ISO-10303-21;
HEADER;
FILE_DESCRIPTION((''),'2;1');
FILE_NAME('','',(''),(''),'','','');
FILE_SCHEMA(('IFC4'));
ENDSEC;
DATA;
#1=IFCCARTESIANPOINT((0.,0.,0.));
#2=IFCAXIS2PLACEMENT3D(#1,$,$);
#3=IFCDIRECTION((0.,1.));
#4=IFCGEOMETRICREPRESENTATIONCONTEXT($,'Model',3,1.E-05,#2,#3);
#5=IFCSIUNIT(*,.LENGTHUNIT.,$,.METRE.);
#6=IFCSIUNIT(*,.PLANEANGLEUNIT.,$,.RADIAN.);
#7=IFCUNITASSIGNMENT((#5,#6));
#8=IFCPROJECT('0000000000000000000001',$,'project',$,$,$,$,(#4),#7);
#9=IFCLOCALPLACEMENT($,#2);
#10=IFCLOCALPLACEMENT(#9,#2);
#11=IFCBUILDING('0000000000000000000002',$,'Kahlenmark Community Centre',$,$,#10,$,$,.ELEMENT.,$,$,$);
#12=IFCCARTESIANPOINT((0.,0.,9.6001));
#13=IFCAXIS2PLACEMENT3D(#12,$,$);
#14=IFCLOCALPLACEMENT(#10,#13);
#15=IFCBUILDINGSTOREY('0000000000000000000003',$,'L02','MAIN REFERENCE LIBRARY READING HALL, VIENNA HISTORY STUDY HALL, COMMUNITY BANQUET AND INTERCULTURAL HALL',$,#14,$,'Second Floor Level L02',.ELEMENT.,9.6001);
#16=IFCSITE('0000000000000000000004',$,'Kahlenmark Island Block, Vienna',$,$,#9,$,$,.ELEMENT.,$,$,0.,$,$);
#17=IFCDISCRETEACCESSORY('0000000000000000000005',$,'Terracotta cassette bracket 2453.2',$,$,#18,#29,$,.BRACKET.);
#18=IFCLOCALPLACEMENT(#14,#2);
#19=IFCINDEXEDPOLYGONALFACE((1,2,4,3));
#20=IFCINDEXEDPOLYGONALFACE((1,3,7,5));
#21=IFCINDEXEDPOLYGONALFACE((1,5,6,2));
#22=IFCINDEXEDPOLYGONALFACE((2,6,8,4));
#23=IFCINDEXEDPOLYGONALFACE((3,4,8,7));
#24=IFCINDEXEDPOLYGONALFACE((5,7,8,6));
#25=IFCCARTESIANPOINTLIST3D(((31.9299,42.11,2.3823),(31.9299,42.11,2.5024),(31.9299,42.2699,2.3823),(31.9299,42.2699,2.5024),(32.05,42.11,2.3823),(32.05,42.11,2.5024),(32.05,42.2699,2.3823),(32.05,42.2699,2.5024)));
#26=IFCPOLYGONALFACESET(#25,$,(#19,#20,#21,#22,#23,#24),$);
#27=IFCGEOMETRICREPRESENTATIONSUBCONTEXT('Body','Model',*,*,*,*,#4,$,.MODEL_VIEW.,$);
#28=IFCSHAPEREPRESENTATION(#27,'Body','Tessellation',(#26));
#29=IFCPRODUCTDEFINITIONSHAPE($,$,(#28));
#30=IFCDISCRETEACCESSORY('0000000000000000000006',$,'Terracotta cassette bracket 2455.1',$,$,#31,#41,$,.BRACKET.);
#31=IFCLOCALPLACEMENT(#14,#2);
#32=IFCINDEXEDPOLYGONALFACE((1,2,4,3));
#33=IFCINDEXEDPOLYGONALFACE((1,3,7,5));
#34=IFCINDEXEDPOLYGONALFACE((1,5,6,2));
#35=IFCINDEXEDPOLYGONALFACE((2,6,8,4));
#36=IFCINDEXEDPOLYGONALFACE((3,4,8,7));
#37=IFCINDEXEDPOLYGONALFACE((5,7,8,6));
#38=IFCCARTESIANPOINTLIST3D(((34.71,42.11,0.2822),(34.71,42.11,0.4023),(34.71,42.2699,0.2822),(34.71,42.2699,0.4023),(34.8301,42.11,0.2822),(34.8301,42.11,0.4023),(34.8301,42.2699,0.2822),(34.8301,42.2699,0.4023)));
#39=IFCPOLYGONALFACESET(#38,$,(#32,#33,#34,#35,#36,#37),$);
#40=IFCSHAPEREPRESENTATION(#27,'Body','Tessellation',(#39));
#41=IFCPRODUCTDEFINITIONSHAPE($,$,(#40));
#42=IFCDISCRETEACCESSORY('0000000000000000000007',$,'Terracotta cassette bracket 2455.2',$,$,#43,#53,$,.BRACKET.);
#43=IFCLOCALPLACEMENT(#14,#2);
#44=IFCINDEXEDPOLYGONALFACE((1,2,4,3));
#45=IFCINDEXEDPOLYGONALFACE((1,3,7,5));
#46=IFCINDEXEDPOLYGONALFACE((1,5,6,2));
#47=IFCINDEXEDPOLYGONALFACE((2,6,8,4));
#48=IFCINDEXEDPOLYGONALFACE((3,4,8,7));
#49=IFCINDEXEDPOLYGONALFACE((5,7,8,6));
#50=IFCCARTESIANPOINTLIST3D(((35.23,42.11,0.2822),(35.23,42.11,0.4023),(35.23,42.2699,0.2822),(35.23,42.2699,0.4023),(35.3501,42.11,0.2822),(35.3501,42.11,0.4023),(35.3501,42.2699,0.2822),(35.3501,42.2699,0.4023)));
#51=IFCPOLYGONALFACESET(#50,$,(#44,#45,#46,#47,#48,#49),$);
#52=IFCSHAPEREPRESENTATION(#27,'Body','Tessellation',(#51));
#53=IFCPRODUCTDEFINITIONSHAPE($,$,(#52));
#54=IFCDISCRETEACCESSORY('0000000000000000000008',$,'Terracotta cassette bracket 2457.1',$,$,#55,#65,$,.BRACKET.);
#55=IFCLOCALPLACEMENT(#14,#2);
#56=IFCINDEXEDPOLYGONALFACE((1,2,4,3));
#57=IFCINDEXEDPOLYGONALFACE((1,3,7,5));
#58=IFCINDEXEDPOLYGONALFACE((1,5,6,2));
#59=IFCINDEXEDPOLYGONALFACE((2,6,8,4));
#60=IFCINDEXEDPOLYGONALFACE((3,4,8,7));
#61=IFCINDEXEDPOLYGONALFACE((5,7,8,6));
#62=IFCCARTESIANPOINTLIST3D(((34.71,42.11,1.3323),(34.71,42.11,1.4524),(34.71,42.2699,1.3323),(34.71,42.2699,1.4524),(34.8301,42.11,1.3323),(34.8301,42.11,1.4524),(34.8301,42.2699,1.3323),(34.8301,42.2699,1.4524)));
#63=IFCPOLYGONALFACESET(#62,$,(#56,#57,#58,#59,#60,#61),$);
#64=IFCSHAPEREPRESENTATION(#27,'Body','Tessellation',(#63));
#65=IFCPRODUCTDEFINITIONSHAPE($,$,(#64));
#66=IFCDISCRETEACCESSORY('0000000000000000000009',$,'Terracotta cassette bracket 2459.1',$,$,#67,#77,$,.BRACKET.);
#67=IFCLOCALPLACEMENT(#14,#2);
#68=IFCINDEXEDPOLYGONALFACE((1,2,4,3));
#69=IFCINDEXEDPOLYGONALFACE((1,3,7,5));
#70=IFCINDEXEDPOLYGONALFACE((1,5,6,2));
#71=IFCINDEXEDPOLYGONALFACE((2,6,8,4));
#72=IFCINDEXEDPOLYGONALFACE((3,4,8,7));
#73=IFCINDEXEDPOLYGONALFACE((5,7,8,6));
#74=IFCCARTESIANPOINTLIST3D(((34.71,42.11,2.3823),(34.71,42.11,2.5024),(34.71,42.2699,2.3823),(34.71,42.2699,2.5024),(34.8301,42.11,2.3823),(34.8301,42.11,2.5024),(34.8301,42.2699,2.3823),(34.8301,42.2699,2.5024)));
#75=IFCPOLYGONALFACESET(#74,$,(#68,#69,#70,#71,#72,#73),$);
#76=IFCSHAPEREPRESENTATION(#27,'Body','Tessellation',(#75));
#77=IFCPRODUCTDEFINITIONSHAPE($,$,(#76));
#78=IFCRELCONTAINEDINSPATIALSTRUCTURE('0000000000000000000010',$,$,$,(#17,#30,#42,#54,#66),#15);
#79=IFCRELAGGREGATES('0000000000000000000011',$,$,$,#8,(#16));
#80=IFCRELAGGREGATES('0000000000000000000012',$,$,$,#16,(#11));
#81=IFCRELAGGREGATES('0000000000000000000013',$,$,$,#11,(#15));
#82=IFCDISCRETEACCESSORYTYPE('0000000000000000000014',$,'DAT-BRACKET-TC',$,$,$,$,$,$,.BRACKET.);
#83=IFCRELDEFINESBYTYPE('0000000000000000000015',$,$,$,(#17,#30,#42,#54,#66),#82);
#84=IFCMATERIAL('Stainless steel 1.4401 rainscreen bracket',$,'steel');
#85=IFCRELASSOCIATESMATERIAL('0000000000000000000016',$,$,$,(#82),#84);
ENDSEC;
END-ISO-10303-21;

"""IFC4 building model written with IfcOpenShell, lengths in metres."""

from ifc_helpers import new_model, si_unit, direction, frame, origin, origin_2d, place, context, subcontext, project, spatial, rectangle, extrude, material, type_object, element, save


model = new_model("IFC4")

# Units and contexts
model_context = context("Model", 3, precision=1e-05, world=origin(), true_north=direction((0.0, 1.0)))
body_context = subcontext(model_context, "Body", "Model", "MODEL_VIEW")
ifc_project = project(units=[si_unit("LENGTHUNIT", "METRE"), si_unit("PLANEANGLEUNIT", "RADIAN")], contexts=[model_context])

# Site, building, storey
site_placement = place(None, origin())
site = spatial("IfcSite", under=ifc_project, at=site_placement, Name="Kahlenmark Island Block, Vienna", CompositionType="ELEMENT", RefElevation=0.0)
building_placement = place(site_placement, origin())
building = spatial("IfcBuilding", under=site, at=building_placement, Name="Kahlenmark Community Centre", CompositionType="ELEMENT")
storey_placement = place(building_placement, frame((0.0, 0.0, 9.6001)))
storey = spatial("IfcBuildingStorey", under=building, at=storey_placement, Name="L02", Description="MAIN REFERENCE LIBRARY READING HALL, VIENNA HISTORY STUDY HALL, COMMUNITY BANQUET AND INTERCULTURAL HALL", LongName="Second Floor Level L02", CompositionType="ELEMENT", Elevation=9.6001)

# Discrete accessories
ifc_material_1 = material(Name="Stainless steel 1.4401 rainscreen bracket", Category="steel")
discrete_accessory_type = type_object("IfcDiscreteAccessoryType", Name="DAT-BRACKET-TC", PredefinedType="BRACKET", material=ifc_material_1)
for number, where, z_axis, x_axis, name in (
    (1, (31.99, 42.1899, 2.3823), (0.0, 0.0, 1.0), (1.0, 0.0, 0.0), "Terracotta cassette bracket 2453.2"),
    (2, (34.77, 42.1899, 0.2822), (0.0, 0.0, 1.0), (1.0, 0.0, 0.0), "Terracotta cassette bracket 2455.1"),
    (3, (35.29, 42.1899, 0.2822), (0.0, 0.0, 1.0), (1.0, 0.0, 0.0), "Terracotta cassette bracket 2455.2"),
    (4, (34.77, 42.1899, 1.3323), (0.0, 0.0, 1.0), (1.0, 0.0, 0.0), "Terracotta cassette bracket 2457.1"),
    (5, (34.77, 42.1899, 2.3823), (0.0, 0.0, 1.0), (1.0, 0.0, 0.0), "Terracotta cassette bracket 2459.1"),
):
    element("IfcDiscreteAccessory", number, at=place(storey_placement, frame(where, z_axis=z_axis, x_axis=x_axis)), inside=storey, type_object=discrete_accessory_type, Name=name, PredefinedType="BRACKET", context=body_context, shape_type="SweptSolid", body=[
        extrude(rectangle(XDim=0.1201, YDim=0.1599, at=origin_2d()), origin(), (0.0, 0.0, 1.0), 0.1201),
    ])

save(model, "model.ifc")
